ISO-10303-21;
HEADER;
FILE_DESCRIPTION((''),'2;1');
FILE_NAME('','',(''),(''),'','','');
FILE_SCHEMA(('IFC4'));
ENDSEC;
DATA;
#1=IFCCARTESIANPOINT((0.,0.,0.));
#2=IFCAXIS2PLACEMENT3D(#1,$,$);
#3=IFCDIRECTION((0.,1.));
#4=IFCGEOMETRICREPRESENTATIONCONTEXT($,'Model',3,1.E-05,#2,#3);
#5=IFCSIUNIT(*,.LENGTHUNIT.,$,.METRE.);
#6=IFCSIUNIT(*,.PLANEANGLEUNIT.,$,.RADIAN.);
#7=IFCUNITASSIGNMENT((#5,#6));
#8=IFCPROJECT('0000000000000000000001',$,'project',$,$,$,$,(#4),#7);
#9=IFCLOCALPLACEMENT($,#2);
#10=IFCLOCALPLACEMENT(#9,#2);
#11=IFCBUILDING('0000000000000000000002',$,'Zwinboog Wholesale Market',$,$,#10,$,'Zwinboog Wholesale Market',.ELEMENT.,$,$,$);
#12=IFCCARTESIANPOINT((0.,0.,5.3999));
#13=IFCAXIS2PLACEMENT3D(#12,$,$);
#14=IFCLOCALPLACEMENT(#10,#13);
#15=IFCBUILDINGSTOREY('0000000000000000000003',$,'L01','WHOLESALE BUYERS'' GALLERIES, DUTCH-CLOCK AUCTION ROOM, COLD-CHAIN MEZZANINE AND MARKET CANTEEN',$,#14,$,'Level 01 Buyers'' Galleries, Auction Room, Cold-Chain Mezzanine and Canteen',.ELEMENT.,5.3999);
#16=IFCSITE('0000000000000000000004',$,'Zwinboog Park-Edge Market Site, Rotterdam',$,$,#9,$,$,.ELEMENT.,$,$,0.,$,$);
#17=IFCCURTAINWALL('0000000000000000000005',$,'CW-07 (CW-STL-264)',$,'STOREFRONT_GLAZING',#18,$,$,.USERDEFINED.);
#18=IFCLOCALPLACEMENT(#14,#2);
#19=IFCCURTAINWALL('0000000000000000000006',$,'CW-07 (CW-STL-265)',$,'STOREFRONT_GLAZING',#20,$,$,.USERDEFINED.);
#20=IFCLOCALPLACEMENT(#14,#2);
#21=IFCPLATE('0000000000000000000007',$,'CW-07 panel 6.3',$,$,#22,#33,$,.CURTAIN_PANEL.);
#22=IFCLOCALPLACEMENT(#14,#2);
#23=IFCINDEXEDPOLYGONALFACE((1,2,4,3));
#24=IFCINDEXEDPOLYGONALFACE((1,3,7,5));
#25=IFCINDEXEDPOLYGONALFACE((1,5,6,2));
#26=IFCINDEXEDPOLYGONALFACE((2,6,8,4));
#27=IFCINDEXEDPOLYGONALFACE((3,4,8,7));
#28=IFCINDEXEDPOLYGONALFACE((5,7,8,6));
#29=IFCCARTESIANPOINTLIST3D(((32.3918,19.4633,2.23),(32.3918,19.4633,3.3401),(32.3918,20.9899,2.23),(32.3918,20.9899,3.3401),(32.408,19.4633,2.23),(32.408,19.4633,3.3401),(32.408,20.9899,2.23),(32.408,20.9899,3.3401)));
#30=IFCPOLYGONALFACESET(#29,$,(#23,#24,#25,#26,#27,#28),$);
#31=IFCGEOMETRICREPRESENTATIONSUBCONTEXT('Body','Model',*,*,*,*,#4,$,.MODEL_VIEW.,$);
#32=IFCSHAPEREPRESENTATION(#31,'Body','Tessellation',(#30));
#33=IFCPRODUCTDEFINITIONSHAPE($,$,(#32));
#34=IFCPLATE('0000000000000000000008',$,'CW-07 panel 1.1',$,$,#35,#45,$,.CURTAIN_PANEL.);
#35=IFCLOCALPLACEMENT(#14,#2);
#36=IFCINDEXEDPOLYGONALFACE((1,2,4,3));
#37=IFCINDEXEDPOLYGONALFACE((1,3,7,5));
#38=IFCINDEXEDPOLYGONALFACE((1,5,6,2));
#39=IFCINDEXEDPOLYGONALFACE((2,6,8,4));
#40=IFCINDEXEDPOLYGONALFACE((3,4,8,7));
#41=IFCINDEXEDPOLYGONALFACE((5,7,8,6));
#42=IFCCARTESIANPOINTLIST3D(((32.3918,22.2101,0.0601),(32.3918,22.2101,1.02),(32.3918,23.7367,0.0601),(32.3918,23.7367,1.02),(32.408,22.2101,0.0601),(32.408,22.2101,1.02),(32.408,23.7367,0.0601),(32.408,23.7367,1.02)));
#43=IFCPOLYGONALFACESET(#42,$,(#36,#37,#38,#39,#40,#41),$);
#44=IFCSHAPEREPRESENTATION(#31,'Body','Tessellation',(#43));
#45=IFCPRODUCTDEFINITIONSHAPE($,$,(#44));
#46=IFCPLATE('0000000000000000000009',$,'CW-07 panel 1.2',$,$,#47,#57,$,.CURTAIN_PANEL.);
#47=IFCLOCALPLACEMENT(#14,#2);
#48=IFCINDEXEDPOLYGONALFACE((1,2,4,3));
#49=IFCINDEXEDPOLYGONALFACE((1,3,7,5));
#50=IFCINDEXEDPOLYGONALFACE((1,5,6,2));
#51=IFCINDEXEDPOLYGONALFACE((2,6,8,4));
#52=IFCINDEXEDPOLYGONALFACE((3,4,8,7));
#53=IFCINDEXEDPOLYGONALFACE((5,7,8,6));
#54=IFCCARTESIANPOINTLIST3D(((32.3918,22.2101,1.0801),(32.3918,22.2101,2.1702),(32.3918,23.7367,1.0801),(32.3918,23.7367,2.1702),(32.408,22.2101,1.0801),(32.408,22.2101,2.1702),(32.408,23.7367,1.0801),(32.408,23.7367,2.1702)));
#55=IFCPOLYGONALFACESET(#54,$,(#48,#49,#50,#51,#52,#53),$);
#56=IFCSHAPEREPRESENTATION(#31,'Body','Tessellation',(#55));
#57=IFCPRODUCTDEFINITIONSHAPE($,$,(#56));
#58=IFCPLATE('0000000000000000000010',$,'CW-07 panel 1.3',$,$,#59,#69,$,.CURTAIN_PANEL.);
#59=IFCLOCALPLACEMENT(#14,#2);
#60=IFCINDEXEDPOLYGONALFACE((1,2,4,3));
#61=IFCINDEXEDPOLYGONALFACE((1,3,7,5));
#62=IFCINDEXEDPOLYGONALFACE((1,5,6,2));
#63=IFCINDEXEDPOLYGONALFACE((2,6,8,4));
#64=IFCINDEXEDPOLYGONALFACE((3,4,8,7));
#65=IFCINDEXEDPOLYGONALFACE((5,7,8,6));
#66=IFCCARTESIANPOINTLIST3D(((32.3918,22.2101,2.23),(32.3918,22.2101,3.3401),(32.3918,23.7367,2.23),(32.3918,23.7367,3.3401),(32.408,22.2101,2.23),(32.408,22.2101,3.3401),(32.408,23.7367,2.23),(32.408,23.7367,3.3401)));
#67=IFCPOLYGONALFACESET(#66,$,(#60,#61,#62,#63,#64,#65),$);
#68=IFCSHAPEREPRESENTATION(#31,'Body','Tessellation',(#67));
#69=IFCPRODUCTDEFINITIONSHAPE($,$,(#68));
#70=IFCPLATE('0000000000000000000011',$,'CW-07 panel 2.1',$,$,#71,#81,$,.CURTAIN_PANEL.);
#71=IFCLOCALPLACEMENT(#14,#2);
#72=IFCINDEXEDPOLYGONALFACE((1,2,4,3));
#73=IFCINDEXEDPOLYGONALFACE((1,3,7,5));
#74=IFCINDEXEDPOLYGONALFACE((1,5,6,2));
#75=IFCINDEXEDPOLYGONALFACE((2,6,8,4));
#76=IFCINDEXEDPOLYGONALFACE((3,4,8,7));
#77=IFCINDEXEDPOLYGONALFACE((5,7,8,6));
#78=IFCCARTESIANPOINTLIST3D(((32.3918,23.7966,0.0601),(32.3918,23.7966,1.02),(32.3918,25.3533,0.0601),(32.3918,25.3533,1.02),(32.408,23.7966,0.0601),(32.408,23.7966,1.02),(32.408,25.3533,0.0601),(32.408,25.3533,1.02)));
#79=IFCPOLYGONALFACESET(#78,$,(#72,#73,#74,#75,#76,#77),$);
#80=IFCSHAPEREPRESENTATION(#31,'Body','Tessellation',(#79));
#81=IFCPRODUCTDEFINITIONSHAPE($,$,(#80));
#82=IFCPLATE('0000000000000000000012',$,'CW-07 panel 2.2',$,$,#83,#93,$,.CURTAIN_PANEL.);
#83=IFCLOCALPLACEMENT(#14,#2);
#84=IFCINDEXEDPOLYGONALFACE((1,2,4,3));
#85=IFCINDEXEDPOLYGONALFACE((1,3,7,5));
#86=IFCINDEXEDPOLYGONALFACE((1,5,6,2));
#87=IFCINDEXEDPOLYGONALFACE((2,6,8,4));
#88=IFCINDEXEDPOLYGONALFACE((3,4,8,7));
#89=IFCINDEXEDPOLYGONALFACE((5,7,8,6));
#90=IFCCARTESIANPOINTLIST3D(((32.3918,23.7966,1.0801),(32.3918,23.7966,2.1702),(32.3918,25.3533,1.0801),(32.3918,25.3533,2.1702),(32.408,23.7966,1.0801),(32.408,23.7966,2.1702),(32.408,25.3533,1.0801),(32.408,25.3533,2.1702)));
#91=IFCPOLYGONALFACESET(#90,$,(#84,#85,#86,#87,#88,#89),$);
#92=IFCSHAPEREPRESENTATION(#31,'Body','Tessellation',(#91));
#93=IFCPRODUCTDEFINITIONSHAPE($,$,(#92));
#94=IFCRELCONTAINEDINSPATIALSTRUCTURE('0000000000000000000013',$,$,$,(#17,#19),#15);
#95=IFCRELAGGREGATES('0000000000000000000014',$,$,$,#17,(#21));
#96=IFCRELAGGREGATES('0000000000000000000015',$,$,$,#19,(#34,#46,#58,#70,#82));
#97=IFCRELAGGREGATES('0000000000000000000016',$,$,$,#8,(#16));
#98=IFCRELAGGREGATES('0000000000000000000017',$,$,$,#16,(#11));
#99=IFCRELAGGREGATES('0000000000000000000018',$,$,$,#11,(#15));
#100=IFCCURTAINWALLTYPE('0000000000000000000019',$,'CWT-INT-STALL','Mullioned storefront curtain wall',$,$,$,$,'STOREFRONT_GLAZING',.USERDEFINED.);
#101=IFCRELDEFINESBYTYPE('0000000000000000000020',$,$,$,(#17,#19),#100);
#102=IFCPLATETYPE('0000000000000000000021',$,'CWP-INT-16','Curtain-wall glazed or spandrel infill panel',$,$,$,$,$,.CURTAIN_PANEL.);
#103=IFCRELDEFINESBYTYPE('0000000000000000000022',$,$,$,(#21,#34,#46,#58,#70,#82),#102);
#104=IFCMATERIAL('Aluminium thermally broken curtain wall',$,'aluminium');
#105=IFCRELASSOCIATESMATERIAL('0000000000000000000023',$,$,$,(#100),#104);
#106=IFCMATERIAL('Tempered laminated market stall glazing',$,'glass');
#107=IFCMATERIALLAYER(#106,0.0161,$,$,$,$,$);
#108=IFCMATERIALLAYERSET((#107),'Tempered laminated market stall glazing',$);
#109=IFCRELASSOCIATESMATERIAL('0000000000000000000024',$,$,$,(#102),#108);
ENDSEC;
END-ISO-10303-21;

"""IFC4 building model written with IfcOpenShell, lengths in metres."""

from ifc_helpers import new_model, si_unit, direction, frame, origin, origin_2d, place, context, subcontext, project, spatial, rectangle, extrude, material, layer, layer_set, type_object, element, aggregate, save


model = new_model("IFC4")

# Units and contexts
model_context = context("Model", 3, precision=1e-05, world=origin(), true_north=direction((0.0, 1.0)))
body_context = subcontext(model_context, "Body", "Model", "MODEL_VIEW")
ifc_project = project(units=[si_unit("LENGTHUNIT", "METRE"), si_unit("PLANEANGLEUNIT", "RADIAN")], contexts=[model_context])

# Site, building, storey
site_placement = place(None, origin())
site = spatial("IfcSite", under=ifc_project, at=site_placement, Name="Zwinboog Park-Edge Market Site, Rotterdam", CompositionType="ELEMENT", RefElevation=0.0)
building_placement = place(site_placement, origin())
building = spatial("IfcBuilding", under=site, at=building_placement, Name="Zwinboog Wholesale Market", LongName="Zwinboog Wholesale Market", CompositionType="ELEMENT")
storey_placement = place(building_placement, frame((0.0, 0.0, 5.3999)))
storey = spatial("IfcBuildingStorey", under=building, at=storey_placement, Name="L01", Description="WHOLESALE BUYERS' GALLERIES, DUTCH-CLOCK AUCTION ROOM, COLD-CHAIN MEZZANINE AND MARKET CANTEEN", LongName="Level 01 Buyers' Galleries, Auction Room, Cold-Chain Mezzanine and Canteen", CompositionType="ELEMENT", Elevation=5.3999)

# Curtain wall
ifc_material_1 = material(Name="Aluminium thermally broken curtain wall", Category="aluminium")
curtain_wall_type = type_object("IfcCurtainWallType", Name="CWT-INT-STALL", Description="Mullioned storefront curtain wall", ElementType="STOREFRONT_GLAZING", PredefinedType="USERDEFINED", material=ifc_material_1)
curtain_wall_1_placement = place(storey_placement, origin())
curtain_wall_1 = element("IfcCurtainWall", 1, at=curtain_wall_1_placement, inside=storey, type_object=curtain_wall_type, Name="CW-07 (CW-STL-264)", ObjectType="STOREFRONT_GLAZING", PredefinedType="USERDEFINED")

# Curtain wall
curtain_wall_2_placement = place(storey_placement, origin())
curtain_wall_2 = element("IfcCurtainWall", 2, at=curtain_wall_2_placement, inside=storey, type_object=curtain_wall_type, Name="CW-07 (CW-STL-265)", ObjectType="STOREFRONT_GLAZING", PredefinedType="USERDEFINED")

# Plates
ifc_material_2 = material(Name="Tempered laminated market stall glazing", Category="glass")
ifc_layer = layer(ifc_material_2, 0.0161)
ifc_layer_set = layer_set([ifc_layer], Name="Tempered laminated market stall glazing")
plate_type = type_object("IfcPlateType", Name="CWP-INT-16", Description="Curtain-wall glazed or spandrel infill panel", PredefinedType="CURTAIN_PANEL", material=ifc_layer_set)
plate_1_placement = place(storey_placement, frame((32.3999, 20.2266, 2.23), z_axis=(0.0, 0.0, 1.0), x_axis=(0.0, 1.0, 0.0)))
plate_1 = element("IfcPlate", 3, at=plate_1_placement, type_object=plate_type, Name="CW-07 panel 6.3", PredefinedType="CURTAIN_PANEL", context=body_context, shape_type="SweptSolid", body=[
    extrude(rectangle(XDim=1.5266, YDim=0.0161, at=origin_2d()), origin(), (0.0, 0.0, 1.0), 1.1101),
])
aggregate(curtain_wall_1, [plate_1])
plate_2_placement = place(storey_placement, frame((32.3999, 22.9734, 0.0601), z_axis=(0.0, 0.0, 1.0), x_axis=(0.0, 1.0, 0.0)))
plate_2 = element("IfcPlate", 4, at=plate_2_placement, type_object=plate_type, Name="CW-07 panel 1.1", PredefinedType="CURTAIN_PANEL", context=body_context, shape_type="SweptSolid", body=[
    extrude(rectangle(XDim=1.5266, YDim=0.0161, at=origin_2d()), origin(), (0.0, 0.0, 1.0), 0.96),
])
plate_3_placement = place(storey_placement, frame((32.3999, 22.9734, 1.0801), z_axis=(0.0, 0.0, 1.0), x_axis=(0.0, 1.0, 0.0)))
plate_3 = element("IfcPlate", 5, at=plate_3_placement, type_object=plate_type, Name="CW-07 panel 1.2", PredefinedType="CURTAIN_PANEL", context=body_context, shape_type="SweptSolid", body=[
    extrude(rectangle(XDim=1.5266, YDim=0.0161, at=origin_2d()), origin(), (0.0, 0.0, 1.0), 1.0901),
])
plate_4_placement = place(storey_placement, frame((32.3999, 22.9734, 2.23), z_axis=(0.0, 0.0, 1.0), x_axis=(0.0, 1.0, 0.0)))
plate_4 = element("IfcPlate", 6, at=plate_4_placement, type_object=plate_type, Name="CW-07 panel 1.3", PredefinedType="CURTAIN_PANEL", context=body_context, shape_type="SweptSolid", body=[
    extrude(rectangle(XDim=1.5266, YDim=0.0161, at=origin_2d()), origin(), (0.0, 0.0, 1.0), 1.1101),
])
plate_5_placement = place(storey_placement, frame((32.3999, 24.575, 0.0601), z_axis=(0.0, 0.0, 1.0), x_axis=(0.0, 1.0, 0.0)))
plate_5 = element("IfcPlate", 7, at=plate_5_placement, type_object=plate_type, Name="CW-07 panel 2.1", PredefinedType="CURTAIN_PANEL", context=body_context, shape_type="SweptSolid", body=[
    extrude(rectangle(XDim=1.5566, YDim=0.0161, at=origin_2d()), origin(), (0.0, 0.0, 1.0), 0.96),
])
plate_6_placement = place(storey_placement, frame((32.3999, 24.575, 1.0801), z_axis=(0.0, 0.0, 1.0), x_axis=(0.0, 1.0, 0.0)))
plate_6 = element("IfcPlate", 8, at=plate_6_placement, type_object=plate_type, Name="CW-07 panel 2.2", PredefinedType="CURTAIN_PANEL", context=body_context, shape_type="SweptSolid", body=[
    extrude(rectangle(XDim=1.5566, YDim=0.0161, at=origin_2d()), origin(), (0.0, 0.0, 1.0), 1.0901),
])
aggregate(curtain_wall_2, [plate_2, plate_3, plate_4, plate_5, plate_6])

save(model, "model.ifc")
